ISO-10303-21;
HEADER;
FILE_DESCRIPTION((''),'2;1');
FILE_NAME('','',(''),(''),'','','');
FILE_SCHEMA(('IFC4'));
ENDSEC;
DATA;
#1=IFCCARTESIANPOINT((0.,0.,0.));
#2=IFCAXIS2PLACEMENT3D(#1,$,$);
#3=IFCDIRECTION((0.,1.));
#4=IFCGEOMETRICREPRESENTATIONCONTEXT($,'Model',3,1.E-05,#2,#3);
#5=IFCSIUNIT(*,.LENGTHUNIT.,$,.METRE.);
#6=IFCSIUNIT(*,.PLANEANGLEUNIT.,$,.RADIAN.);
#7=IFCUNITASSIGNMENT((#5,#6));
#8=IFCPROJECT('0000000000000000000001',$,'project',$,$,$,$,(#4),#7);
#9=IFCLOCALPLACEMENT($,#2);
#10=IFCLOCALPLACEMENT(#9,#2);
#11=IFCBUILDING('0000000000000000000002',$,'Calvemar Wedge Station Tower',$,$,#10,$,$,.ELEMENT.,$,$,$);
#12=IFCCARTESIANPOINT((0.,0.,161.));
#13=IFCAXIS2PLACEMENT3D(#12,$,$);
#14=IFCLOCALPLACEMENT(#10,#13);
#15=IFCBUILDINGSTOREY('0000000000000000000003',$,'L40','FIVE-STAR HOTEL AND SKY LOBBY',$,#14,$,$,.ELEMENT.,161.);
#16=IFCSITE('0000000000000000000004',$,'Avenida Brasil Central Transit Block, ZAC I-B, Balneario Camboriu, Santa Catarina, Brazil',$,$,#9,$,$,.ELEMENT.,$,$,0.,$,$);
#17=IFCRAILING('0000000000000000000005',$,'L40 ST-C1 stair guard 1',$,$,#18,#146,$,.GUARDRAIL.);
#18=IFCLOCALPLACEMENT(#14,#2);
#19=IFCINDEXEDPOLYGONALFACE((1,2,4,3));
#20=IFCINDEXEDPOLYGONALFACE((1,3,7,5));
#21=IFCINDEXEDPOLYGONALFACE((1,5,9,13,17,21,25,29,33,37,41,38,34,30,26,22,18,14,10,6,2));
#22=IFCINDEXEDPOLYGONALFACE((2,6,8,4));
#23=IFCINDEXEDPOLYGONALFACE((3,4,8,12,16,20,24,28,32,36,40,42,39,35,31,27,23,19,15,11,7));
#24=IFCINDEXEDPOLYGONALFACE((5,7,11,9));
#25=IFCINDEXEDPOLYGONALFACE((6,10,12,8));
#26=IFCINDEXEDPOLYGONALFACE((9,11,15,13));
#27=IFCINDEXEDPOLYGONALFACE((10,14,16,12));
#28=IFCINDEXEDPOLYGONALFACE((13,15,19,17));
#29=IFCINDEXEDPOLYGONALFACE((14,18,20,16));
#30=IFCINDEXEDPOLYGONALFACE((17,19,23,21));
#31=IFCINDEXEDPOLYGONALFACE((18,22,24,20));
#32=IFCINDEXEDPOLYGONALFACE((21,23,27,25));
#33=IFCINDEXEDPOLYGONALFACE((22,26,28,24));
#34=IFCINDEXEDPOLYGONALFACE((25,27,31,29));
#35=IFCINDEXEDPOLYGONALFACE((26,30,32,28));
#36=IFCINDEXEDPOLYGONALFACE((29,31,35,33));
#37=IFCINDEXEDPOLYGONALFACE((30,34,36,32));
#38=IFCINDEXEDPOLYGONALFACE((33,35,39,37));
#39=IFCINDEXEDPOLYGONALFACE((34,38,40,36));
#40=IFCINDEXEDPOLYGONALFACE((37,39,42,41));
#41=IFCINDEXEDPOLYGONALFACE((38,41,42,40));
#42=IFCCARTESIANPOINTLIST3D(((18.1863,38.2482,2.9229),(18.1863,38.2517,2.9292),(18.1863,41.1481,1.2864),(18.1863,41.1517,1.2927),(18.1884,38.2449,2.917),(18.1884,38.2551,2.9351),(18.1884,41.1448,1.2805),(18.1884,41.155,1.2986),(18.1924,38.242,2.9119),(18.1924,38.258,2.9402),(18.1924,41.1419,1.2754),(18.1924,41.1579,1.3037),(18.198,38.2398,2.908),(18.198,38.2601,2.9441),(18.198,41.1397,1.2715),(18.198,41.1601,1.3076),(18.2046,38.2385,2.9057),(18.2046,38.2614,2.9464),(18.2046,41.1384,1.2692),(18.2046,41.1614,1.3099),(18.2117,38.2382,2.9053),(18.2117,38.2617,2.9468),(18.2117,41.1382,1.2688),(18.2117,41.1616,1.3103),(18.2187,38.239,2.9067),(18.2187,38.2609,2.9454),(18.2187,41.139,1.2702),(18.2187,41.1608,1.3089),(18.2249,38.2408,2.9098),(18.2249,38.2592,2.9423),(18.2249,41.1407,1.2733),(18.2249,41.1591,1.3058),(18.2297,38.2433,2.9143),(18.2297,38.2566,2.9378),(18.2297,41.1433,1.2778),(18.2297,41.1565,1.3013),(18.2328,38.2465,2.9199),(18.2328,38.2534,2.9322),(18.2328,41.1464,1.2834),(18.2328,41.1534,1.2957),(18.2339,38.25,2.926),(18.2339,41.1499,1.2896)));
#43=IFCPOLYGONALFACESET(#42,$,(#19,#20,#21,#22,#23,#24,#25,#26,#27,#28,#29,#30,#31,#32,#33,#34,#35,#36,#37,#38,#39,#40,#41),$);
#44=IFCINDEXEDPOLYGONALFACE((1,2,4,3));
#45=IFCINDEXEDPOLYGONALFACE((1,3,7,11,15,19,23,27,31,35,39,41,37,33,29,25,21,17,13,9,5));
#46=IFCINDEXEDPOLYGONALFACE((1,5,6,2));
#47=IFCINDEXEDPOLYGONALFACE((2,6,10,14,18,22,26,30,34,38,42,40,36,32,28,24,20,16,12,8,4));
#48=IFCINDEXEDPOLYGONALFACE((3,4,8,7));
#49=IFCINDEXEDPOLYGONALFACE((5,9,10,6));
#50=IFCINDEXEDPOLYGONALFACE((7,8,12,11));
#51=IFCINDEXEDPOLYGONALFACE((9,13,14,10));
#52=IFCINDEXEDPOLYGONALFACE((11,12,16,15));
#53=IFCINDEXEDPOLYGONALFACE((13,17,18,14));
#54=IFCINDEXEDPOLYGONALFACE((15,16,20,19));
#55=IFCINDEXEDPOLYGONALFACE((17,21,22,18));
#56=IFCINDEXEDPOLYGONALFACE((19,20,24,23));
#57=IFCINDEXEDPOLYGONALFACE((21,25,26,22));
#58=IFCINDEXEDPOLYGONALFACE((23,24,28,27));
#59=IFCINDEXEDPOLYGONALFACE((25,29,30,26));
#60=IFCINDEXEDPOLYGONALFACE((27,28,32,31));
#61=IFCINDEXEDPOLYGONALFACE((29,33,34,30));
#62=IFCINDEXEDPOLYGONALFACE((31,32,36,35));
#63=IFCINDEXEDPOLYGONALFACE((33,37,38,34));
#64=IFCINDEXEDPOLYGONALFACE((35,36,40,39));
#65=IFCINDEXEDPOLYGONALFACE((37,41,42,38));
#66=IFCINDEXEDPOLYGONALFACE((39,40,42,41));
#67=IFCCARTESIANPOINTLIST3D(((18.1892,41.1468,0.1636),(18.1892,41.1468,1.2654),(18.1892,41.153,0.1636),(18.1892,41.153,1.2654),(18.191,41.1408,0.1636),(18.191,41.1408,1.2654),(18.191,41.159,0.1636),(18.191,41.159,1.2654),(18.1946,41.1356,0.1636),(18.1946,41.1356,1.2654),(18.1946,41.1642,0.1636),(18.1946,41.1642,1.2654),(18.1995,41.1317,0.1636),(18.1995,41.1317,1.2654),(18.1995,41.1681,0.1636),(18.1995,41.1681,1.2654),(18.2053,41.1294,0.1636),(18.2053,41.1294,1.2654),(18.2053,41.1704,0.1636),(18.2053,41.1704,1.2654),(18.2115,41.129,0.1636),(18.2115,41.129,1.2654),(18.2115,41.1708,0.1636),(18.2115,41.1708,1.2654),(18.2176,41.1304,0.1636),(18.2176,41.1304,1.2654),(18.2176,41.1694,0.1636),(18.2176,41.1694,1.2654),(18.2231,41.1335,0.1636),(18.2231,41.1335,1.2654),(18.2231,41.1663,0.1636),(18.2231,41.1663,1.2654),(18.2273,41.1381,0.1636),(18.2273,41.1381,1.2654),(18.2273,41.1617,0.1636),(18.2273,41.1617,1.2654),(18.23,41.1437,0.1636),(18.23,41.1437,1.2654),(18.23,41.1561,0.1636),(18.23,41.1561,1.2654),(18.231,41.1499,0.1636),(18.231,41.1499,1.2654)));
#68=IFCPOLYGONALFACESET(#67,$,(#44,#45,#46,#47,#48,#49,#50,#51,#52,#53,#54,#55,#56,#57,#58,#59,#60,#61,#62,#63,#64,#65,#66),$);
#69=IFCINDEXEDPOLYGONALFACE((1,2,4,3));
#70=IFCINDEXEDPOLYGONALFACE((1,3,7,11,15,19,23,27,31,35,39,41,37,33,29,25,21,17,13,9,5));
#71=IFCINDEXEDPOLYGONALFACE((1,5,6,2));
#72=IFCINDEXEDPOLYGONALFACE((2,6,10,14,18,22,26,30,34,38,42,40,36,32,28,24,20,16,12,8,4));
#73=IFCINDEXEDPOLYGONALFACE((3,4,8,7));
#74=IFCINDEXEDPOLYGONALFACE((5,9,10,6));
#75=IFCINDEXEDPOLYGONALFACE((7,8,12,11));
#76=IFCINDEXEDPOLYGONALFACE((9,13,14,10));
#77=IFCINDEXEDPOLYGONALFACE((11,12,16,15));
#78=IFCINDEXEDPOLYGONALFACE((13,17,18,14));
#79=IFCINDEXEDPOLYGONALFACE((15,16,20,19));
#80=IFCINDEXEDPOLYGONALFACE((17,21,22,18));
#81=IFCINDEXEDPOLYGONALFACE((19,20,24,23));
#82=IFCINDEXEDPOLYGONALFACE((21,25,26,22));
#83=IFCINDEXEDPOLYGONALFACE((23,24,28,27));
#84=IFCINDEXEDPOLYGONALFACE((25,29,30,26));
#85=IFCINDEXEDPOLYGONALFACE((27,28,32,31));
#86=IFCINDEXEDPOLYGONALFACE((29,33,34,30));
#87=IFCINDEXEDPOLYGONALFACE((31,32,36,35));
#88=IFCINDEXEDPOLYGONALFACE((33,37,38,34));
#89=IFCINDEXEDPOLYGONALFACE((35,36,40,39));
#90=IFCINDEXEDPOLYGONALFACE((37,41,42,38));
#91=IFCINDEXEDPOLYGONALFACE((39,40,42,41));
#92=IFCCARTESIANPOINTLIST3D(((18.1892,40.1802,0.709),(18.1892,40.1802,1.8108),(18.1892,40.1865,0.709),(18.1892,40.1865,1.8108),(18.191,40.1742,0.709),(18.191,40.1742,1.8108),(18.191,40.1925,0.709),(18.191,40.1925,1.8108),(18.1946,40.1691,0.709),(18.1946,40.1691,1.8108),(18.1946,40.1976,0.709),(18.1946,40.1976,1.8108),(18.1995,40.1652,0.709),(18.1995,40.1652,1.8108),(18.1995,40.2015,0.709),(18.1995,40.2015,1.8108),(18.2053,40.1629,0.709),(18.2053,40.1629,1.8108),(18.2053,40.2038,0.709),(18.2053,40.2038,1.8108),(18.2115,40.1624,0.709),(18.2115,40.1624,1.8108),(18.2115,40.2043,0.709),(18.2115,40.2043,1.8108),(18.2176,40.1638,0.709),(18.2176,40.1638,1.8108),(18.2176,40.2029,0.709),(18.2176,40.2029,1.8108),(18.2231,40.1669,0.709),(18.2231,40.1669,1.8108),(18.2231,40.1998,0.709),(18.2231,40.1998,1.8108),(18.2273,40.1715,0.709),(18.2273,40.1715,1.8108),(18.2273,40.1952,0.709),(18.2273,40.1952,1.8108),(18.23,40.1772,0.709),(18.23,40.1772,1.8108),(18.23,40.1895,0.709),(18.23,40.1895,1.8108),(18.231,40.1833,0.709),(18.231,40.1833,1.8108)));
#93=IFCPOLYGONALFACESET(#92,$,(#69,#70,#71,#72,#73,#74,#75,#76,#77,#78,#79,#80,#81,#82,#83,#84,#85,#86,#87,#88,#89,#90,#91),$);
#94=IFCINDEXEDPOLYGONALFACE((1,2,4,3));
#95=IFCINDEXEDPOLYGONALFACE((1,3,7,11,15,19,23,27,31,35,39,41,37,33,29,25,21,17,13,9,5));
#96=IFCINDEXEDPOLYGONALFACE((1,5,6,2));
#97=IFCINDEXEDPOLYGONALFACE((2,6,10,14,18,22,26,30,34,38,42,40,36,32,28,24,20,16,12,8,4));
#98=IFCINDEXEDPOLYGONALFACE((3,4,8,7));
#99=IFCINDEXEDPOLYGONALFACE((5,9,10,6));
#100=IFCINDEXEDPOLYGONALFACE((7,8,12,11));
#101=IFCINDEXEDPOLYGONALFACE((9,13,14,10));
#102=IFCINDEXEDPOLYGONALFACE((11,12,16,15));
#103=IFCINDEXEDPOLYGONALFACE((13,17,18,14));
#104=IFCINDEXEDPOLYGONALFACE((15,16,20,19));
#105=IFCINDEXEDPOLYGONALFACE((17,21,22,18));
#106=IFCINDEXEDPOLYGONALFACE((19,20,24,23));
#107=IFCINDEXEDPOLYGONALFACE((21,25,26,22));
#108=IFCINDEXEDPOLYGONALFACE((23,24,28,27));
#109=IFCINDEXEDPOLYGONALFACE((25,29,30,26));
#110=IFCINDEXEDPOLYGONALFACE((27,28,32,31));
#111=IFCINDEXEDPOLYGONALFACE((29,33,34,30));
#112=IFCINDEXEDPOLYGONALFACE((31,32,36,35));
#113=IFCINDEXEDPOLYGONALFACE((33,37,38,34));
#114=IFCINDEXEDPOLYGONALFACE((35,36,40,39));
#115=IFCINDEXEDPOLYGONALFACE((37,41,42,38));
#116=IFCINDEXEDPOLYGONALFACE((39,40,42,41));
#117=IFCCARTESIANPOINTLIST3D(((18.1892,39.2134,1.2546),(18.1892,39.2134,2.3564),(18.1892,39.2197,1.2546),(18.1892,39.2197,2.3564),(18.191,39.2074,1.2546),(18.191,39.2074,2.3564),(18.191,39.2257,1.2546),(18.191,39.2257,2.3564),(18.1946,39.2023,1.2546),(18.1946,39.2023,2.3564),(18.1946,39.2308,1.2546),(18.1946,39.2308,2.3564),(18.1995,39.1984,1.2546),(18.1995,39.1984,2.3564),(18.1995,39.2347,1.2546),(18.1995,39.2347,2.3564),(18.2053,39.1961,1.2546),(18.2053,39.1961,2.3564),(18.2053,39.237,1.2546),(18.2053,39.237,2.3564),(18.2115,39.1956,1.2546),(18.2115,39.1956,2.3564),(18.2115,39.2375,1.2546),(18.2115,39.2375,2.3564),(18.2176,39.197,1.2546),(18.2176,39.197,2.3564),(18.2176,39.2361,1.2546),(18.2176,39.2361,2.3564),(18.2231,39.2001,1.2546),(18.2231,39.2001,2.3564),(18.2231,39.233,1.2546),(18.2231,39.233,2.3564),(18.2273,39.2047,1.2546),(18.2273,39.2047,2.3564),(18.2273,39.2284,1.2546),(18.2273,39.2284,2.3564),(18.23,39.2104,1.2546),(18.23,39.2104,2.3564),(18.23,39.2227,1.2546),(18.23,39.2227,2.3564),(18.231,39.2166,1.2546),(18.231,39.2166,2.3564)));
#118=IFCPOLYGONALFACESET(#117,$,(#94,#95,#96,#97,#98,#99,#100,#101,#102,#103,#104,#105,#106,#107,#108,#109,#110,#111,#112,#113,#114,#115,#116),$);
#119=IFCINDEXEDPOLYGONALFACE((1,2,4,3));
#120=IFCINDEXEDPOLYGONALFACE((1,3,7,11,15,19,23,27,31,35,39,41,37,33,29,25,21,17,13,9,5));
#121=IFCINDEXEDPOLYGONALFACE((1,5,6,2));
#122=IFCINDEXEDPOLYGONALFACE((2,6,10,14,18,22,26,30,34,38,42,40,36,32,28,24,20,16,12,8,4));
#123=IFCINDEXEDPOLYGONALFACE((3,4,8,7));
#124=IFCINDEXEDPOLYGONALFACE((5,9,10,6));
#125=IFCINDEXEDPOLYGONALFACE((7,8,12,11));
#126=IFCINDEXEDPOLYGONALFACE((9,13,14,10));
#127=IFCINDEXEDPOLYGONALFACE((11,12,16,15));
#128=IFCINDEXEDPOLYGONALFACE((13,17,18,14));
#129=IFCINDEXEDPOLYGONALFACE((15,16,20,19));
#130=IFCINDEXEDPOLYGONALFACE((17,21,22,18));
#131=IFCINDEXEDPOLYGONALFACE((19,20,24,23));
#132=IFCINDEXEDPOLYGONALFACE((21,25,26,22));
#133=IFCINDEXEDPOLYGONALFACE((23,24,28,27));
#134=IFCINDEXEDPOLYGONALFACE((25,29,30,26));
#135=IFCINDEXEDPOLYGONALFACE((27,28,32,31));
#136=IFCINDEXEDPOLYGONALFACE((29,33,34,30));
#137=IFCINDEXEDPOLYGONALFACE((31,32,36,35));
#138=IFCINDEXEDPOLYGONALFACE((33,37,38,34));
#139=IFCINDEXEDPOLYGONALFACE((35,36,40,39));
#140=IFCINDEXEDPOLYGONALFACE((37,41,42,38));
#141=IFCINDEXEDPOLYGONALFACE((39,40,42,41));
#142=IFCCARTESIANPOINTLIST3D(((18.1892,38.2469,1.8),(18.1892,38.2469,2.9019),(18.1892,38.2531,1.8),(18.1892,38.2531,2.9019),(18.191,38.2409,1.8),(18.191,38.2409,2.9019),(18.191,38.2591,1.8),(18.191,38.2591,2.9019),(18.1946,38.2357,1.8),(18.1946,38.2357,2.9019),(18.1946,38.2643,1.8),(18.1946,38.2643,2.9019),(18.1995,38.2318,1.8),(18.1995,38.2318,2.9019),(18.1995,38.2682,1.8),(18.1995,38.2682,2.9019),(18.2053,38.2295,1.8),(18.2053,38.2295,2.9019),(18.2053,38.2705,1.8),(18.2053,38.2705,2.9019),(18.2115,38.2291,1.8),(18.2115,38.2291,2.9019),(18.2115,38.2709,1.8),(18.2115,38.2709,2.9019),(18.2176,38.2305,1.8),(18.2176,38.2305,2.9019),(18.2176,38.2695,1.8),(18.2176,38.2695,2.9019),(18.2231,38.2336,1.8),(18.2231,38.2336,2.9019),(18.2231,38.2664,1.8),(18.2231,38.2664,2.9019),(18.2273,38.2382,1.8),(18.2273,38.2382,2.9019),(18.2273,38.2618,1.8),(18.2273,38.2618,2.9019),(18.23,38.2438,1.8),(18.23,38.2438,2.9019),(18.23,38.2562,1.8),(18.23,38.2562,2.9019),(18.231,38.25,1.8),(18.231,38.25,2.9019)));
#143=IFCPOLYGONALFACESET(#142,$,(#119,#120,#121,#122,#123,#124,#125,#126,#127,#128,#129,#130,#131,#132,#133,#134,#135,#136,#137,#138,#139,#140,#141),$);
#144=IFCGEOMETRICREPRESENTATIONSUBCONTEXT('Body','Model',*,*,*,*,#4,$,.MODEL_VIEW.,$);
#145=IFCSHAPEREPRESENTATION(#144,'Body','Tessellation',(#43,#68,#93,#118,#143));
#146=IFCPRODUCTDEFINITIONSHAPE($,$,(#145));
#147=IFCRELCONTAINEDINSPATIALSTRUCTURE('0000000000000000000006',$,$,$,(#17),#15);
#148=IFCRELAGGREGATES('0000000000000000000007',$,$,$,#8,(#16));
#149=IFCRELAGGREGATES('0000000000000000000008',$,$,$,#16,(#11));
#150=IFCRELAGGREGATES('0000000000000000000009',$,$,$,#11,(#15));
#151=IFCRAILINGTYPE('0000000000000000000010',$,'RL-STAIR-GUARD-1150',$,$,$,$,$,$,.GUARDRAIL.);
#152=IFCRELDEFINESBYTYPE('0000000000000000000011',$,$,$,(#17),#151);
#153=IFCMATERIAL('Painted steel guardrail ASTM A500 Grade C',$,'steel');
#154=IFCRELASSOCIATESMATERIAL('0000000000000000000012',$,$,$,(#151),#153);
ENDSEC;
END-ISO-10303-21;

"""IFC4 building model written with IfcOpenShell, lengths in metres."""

from ifc_helpers import new_model, si_unit, direction, frame, origin, origin_2d, place, context, subcontext, project, spatial, circle, extrude, material, type_object, element, save


model = new_model("IFC4")

# Units and contexts
model_context = context("Model", 3, precision=1e-05, world=origin(), true_north=direction((0.0, 1.0)))
body_context = subcontext(model_context, "Body", "Model", "MODEL_VIEW")
ifc_project = project(units=[si_unit("LENGTHUNIT", "METRE"), si_unit("PLANEANGLEUNIT", "RADIAN")], contexts=[model_context])

# Site, building, storey
site_placement = place(None, origin())
site = spatial("IfcSite", under=ifc_project, at=site_placement, Name="Avenida Brasil Central Transit Block, ZAC I-B, Balneario Camboriu, Santa Catarina, Brazil", CompositionType="ELEMENT", RefElevation=0.0)
building_placement = place(site_placement, origin())
building = spatial("IfcBuilding", under=site, at=building_placement, Name="Calvemar Wedge Station Tower", CompositionType="ELEMENT")
storey_placement = place(building_placement, frame((0.0, 0.0, 161.0)))
storey = spatial("IfcBuildingStorey", under=building, at=storey_placement, Name="L40", Description="FIVE-STAR HOTEL AND SKY LOBBY", CompositionType="ELEMENT", Elevation=161.0)

# Railing
ifc_material_1 = material(Name="Painted steel guardrail ASTM A500 Grade C", Category="steel")
railing_type = type_object("IfcRailingType", Name="RL-STAIR-GUARD-1150", PredefinedType="GUARDRAIL", material=ifc_material_1)
railing_1_placement = place(storey_placement, frame((18.21, 41.1499, 0.1636)))
element("IfcRailing", 1, at=railing_1_placement, inside=storey, type_object=railing_type, Name="L40 ST-C1 stair guard 1", PredefinedType="GUARDRAIL", context=body_context, shape_type="SweptSolid", body=[
    extrude(circle(Radius=0.0239, at=origin_2d()), frame((0.0, 0.0, 1.126), z_axis=(0.0, -0.870897, 0.491465), x_axis=(1.0, 0.0, 0.0)), (0.0, 0.0, 1.0), 3.3298),
    extrude(circle(Radius=0.021, at=origin_2d()), origin(), (0.0, 0.0, 1.0), 1.1018),
    extrude(circle(Radius=0.021, at=origin_2d()), frame((0.0, -0.9666, 0.5454)), (0.0, 0.0, 1.0), 1.1018),
    extrude(circle(Radius=0.021, at=origin_2d()), frame((0.0, -1.9333, 1.0911)), (0.0, 0.0, 1.0), 1.1018),
    extrude(circle(Radius=0.021, at=origin_2d()), frame((0.0, -2.8999, 1.6365)), (0.0, 0.0, 1.0), 1.1018),
])

save(model, "model.ifc")
